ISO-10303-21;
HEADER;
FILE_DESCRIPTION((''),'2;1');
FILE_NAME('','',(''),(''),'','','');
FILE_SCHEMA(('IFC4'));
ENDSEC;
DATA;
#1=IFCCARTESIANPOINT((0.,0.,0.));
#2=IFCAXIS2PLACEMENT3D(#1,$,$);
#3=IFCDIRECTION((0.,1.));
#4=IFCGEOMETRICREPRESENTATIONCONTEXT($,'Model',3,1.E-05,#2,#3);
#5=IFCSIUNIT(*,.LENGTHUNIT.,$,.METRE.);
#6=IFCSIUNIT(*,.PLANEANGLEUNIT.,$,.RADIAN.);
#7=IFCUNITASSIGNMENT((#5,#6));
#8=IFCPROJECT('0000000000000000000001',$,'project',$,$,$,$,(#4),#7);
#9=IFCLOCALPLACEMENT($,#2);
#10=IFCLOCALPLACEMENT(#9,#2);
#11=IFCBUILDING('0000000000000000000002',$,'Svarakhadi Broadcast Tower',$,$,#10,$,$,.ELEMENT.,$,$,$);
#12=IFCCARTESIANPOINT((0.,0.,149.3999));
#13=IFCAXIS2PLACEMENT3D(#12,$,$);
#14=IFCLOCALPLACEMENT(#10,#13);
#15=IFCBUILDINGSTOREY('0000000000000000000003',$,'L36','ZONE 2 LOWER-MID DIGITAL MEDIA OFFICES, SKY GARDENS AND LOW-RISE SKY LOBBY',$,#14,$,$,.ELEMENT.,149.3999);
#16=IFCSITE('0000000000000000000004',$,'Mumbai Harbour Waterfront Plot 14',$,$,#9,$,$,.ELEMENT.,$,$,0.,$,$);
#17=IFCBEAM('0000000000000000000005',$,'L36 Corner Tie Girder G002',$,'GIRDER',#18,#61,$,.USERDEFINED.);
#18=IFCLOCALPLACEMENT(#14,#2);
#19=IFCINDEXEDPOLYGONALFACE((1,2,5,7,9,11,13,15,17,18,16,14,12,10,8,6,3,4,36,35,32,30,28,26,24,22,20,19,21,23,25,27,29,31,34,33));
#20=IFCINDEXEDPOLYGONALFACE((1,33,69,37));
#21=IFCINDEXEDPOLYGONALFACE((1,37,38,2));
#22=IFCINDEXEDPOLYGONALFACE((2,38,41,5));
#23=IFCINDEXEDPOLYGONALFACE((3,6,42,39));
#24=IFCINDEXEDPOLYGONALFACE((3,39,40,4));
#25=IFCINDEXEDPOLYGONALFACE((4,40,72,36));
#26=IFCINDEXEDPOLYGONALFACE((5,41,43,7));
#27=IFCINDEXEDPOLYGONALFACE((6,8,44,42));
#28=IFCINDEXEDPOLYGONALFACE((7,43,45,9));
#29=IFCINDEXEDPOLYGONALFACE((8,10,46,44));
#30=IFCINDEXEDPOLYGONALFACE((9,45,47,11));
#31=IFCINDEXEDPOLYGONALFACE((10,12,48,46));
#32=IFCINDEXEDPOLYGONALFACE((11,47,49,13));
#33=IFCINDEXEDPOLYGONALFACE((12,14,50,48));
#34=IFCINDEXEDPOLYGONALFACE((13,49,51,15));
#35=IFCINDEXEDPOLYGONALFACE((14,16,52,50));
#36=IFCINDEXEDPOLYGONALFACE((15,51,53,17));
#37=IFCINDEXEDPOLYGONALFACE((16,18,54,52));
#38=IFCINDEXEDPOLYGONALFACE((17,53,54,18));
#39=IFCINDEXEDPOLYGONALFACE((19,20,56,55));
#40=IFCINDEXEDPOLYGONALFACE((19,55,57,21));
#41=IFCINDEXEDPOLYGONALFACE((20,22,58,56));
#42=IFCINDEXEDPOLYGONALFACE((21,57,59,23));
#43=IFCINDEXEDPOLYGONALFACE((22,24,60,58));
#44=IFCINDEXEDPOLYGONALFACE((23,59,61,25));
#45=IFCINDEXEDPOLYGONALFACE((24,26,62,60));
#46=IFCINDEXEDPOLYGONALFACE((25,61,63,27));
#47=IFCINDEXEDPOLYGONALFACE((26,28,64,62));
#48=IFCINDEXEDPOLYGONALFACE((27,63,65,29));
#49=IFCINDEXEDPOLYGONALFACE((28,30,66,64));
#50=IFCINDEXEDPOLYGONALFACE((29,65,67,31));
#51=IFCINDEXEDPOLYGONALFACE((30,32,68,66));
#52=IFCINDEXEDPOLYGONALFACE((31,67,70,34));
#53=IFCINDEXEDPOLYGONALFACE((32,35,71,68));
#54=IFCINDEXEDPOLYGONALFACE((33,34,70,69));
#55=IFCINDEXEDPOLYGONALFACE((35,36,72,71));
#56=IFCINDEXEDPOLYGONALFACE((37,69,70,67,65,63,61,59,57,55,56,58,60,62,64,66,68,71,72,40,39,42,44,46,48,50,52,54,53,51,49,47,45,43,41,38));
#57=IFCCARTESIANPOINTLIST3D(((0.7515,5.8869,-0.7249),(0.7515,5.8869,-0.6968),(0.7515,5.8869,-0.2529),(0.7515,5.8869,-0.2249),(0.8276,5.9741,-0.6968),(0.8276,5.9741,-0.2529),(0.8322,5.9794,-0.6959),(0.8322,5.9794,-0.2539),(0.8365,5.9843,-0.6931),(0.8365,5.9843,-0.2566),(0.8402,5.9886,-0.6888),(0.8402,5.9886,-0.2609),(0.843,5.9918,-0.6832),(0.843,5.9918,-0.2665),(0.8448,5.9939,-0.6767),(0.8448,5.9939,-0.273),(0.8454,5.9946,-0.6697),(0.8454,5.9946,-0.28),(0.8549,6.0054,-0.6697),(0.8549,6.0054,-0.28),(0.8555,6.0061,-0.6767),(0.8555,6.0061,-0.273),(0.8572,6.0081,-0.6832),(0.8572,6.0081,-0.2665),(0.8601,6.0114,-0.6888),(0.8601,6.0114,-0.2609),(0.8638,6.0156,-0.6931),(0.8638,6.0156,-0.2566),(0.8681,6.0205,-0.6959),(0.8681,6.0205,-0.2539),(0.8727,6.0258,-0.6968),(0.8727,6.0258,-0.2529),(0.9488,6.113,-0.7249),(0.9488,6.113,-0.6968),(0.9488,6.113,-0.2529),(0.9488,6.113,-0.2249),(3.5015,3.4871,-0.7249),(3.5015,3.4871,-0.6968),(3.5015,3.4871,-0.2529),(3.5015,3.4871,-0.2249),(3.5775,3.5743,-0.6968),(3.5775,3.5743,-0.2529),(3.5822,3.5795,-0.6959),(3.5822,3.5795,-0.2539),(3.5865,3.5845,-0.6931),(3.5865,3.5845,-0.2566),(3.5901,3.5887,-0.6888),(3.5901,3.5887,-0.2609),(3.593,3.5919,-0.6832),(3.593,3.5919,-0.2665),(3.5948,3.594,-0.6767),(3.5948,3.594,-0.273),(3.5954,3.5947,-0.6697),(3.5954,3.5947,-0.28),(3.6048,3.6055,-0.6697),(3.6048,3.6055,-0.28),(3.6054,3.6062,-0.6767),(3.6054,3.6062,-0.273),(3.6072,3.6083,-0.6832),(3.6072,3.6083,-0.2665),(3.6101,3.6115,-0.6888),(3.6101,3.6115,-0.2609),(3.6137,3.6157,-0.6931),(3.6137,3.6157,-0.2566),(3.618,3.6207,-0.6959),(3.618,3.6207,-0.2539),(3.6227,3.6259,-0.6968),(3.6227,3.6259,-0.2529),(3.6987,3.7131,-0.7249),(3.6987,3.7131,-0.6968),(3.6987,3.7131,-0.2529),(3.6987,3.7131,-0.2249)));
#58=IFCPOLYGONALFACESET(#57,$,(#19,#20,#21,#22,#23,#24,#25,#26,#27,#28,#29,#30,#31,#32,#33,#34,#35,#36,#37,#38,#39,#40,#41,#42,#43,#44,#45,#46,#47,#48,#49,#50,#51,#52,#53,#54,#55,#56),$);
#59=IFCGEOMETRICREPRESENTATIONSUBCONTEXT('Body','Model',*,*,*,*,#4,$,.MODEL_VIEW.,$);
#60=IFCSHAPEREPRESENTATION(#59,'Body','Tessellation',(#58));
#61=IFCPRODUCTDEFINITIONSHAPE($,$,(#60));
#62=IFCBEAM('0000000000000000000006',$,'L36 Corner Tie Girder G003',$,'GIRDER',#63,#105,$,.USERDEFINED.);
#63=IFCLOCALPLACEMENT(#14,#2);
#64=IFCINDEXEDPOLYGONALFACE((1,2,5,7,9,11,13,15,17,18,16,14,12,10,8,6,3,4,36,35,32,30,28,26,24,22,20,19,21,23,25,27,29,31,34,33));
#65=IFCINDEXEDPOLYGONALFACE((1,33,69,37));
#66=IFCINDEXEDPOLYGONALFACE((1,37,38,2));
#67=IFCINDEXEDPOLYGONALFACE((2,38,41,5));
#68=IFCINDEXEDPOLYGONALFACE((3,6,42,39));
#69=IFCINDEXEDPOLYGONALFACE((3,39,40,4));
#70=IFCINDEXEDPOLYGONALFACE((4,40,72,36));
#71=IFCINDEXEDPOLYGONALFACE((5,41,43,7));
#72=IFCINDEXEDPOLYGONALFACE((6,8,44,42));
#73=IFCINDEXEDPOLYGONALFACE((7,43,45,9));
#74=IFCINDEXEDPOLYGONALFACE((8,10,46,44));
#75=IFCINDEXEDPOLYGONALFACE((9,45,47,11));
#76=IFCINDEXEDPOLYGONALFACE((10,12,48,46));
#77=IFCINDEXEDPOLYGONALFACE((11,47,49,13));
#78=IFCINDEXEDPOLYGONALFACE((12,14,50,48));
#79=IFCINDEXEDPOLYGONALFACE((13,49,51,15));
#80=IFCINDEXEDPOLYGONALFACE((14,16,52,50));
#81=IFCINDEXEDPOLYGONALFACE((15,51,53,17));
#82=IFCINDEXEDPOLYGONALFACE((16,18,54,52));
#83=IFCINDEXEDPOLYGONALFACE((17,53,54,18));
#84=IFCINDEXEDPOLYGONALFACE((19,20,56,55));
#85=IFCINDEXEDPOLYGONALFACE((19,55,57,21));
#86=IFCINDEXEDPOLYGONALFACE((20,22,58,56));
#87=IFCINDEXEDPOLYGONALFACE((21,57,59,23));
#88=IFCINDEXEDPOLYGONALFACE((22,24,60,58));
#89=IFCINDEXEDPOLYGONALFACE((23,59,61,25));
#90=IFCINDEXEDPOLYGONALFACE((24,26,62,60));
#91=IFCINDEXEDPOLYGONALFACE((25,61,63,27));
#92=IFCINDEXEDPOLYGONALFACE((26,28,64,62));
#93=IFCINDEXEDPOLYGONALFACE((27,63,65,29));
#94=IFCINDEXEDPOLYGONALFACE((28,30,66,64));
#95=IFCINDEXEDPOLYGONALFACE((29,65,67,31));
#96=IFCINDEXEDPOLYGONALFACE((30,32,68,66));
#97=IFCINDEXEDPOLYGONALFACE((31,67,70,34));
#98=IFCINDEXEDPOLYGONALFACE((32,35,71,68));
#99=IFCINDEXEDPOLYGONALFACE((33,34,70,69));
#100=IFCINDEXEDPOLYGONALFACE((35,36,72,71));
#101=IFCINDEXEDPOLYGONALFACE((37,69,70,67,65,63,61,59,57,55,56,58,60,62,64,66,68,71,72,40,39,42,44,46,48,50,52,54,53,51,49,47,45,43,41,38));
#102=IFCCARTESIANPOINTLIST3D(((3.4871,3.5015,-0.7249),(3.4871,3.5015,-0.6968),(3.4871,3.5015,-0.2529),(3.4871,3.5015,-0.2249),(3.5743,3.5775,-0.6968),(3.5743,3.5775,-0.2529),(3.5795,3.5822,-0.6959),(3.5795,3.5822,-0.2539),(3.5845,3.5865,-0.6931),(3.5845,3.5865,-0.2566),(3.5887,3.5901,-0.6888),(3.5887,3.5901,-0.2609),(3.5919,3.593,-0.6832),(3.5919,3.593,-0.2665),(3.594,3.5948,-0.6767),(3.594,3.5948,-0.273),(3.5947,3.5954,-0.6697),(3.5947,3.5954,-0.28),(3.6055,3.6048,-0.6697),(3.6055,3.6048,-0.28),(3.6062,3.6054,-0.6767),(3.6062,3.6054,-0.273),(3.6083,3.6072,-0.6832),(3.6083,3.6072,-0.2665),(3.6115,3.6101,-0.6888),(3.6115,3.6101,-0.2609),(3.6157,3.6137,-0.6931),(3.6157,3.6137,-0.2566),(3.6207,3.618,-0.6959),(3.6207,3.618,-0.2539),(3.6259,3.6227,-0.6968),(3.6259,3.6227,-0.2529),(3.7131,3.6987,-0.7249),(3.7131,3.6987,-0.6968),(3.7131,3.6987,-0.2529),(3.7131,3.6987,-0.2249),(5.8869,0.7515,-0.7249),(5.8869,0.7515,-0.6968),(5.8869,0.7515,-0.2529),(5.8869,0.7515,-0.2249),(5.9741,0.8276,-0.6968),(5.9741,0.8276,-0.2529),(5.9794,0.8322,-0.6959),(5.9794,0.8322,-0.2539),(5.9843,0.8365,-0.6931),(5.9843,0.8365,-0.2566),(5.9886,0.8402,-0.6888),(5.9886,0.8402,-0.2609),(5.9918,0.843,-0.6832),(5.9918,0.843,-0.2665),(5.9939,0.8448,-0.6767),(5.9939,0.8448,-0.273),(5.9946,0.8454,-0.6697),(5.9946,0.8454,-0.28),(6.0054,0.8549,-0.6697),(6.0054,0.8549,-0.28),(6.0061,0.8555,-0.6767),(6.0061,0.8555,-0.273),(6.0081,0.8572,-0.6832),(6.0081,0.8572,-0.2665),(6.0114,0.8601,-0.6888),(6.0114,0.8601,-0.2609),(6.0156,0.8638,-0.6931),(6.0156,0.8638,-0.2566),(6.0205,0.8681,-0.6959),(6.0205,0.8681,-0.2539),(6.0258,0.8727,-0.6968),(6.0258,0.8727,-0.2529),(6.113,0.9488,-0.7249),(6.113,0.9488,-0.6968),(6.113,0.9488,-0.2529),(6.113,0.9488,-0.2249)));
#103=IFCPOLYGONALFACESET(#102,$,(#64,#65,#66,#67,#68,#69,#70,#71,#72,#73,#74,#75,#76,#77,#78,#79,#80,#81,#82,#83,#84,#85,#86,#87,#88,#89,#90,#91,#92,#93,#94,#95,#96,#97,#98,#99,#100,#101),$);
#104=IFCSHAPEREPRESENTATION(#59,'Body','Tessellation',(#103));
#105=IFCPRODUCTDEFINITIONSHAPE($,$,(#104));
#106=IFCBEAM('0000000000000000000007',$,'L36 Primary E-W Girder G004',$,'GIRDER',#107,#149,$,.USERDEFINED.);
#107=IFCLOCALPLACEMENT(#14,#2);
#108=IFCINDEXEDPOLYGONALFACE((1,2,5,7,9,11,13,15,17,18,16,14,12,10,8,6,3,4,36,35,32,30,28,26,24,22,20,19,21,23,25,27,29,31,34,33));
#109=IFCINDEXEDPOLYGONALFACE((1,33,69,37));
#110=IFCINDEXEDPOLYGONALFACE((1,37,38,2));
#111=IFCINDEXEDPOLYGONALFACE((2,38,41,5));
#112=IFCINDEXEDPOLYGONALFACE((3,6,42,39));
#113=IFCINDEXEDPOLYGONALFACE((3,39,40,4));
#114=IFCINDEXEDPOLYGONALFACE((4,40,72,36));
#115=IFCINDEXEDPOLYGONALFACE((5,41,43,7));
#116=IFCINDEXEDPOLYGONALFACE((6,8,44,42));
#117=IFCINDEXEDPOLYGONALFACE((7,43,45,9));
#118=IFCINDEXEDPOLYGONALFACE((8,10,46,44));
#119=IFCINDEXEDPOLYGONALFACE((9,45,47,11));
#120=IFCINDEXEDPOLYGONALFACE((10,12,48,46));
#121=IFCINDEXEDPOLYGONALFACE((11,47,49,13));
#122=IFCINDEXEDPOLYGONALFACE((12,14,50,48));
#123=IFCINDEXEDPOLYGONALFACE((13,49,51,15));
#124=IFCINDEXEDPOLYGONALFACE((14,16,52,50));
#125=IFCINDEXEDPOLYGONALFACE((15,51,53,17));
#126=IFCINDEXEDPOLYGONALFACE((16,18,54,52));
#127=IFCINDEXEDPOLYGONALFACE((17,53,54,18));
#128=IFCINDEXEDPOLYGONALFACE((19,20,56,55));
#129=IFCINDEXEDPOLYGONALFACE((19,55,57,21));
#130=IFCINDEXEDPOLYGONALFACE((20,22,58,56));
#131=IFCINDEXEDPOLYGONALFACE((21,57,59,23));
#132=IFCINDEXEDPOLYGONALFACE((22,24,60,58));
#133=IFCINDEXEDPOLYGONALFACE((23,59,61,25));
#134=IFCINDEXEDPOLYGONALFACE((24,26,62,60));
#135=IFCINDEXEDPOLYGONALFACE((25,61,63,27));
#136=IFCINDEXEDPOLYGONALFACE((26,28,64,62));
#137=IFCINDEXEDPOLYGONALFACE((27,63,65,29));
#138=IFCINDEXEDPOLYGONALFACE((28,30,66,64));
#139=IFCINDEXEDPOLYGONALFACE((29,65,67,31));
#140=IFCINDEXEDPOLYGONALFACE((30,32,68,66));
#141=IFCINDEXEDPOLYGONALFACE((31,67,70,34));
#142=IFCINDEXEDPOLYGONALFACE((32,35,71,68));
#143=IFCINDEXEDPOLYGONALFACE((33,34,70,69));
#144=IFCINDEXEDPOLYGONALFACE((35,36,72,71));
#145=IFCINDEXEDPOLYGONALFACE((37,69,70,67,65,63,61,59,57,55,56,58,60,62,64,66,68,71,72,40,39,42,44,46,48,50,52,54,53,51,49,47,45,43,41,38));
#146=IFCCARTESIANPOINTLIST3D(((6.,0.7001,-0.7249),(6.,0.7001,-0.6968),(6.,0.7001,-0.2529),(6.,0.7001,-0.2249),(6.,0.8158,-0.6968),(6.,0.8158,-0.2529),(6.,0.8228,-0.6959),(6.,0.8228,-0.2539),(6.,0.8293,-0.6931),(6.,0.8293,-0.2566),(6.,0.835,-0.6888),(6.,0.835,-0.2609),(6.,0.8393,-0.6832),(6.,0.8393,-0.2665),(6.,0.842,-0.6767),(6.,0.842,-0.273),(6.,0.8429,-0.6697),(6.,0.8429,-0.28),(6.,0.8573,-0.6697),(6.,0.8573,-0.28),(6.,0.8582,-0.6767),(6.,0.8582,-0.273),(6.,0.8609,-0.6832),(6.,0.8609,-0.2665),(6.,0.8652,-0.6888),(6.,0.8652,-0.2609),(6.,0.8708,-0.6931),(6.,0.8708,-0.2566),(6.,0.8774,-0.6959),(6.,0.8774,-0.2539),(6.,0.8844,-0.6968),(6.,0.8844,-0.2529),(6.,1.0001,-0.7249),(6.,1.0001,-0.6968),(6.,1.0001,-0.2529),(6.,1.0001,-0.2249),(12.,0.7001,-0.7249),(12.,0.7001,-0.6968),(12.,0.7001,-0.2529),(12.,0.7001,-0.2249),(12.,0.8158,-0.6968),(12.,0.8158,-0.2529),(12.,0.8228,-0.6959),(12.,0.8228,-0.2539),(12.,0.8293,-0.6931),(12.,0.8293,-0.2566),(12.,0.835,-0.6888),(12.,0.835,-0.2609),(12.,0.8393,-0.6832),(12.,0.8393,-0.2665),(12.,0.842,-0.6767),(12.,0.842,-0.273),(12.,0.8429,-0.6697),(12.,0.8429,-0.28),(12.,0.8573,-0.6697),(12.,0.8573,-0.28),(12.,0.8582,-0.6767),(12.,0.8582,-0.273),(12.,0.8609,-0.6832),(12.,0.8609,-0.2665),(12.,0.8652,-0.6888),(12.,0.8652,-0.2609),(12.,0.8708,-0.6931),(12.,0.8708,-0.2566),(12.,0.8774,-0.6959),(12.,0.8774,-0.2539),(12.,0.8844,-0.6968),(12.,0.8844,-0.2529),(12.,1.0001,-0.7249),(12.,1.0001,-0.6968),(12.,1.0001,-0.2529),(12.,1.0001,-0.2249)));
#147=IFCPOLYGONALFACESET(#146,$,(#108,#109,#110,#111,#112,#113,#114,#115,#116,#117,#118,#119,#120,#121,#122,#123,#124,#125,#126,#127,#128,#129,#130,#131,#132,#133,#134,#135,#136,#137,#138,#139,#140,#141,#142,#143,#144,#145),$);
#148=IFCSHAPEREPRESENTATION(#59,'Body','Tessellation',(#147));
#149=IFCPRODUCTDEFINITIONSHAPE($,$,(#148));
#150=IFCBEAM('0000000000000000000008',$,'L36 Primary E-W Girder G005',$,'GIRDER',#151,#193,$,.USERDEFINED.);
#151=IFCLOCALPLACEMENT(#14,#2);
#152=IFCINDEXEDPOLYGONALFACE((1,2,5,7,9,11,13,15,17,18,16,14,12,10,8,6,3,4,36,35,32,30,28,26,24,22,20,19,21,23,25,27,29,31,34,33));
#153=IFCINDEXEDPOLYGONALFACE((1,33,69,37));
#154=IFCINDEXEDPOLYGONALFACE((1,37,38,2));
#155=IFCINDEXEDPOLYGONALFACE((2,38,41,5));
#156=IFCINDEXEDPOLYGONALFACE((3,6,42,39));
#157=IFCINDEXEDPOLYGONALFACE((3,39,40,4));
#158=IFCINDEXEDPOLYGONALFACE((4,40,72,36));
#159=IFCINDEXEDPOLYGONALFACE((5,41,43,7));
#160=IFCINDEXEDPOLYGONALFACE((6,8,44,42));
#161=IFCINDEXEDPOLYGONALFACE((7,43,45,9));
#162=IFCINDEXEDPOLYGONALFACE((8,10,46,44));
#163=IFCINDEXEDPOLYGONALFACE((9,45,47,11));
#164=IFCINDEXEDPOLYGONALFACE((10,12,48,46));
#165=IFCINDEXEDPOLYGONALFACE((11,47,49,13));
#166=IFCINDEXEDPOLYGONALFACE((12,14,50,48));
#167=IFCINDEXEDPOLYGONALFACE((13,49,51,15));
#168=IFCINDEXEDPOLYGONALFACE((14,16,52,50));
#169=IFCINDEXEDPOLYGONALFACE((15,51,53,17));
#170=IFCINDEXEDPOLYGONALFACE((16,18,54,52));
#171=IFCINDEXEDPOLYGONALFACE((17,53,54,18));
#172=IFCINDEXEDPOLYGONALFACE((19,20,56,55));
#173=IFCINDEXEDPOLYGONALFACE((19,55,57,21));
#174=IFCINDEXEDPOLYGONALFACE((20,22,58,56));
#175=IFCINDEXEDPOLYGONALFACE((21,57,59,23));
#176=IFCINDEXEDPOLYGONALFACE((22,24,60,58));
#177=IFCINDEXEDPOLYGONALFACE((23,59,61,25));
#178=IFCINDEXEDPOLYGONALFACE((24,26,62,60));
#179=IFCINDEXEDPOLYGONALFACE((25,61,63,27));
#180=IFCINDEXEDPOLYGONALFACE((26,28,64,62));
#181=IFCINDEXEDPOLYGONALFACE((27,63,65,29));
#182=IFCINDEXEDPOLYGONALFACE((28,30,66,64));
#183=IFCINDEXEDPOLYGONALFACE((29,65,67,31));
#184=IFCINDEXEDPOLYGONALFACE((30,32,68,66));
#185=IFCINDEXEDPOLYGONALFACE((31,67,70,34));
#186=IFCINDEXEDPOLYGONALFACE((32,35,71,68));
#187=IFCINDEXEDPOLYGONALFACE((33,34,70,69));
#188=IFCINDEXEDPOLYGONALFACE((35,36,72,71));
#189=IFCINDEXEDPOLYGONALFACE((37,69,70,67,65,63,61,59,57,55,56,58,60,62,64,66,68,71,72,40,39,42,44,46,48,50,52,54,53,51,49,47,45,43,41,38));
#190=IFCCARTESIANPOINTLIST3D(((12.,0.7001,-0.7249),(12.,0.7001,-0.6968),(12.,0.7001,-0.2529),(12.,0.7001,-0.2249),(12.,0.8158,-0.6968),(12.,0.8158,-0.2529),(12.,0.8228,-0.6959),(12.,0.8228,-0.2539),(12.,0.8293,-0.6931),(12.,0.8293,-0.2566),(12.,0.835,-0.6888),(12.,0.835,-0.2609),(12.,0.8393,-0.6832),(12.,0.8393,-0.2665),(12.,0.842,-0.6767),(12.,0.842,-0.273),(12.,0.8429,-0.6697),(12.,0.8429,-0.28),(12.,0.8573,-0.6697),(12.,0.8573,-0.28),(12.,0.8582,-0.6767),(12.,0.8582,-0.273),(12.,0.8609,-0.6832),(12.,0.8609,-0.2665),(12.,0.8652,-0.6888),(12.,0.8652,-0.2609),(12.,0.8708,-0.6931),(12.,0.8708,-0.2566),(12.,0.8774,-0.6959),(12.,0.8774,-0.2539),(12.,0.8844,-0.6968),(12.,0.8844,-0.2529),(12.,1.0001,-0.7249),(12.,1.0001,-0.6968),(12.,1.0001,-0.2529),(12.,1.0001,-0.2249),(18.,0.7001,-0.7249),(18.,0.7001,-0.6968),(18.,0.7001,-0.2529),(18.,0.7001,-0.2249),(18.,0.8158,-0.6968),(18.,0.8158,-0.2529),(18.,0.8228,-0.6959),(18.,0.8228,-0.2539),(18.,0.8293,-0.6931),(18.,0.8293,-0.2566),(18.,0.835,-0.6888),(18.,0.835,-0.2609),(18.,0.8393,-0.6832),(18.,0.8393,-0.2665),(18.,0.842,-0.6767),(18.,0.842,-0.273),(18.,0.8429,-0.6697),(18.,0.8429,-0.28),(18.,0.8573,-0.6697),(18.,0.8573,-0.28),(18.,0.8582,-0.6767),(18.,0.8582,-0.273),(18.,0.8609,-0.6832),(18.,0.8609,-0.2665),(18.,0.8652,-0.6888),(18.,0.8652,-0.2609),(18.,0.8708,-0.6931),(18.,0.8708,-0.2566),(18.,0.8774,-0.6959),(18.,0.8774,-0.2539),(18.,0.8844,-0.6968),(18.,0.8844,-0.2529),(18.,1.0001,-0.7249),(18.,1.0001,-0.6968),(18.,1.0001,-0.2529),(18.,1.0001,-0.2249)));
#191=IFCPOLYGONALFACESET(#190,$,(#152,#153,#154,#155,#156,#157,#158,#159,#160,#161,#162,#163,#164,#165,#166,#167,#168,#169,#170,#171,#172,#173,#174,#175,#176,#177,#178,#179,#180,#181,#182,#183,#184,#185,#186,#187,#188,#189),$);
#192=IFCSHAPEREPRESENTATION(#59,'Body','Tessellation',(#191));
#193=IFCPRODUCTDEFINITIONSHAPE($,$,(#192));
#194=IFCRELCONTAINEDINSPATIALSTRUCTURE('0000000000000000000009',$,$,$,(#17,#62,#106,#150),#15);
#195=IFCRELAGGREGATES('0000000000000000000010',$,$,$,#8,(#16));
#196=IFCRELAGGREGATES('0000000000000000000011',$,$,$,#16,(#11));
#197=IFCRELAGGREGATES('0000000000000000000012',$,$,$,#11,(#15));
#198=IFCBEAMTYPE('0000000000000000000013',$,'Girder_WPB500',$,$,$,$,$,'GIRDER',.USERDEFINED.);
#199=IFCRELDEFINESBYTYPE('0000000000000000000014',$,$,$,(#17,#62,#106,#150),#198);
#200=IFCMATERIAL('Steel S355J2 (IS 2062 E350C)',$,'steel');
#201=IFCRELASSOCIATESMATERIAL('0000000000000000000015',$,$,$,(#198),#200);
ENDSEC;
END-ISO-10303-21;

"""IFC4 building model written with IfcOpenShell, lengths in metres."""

from ifc_helpers import new_model, si_unit, direction, frame, origin, origin_2d, place, context, subcontext, project, spatial, i_section, extrude, material, material_profile, profile_set, type_object, element, save


model = new_model("IFC4")

# Units and contexts
model_context = context("Model", 3, precision=1e-05, world=origin(), true_north=direction((0.0, 1.0)))
body_context = subcontext(model_context, "Body", "Model", "MODEL_VIEW")
ifc_project = project(units=[si_unit("LENGTHUNIT", "METRE"), si_unit("PLANEANGLEUNIT", "RADIAN")], contexts=[model_context])

# Site, building, storey
site_placement = place(None, origin())
site = spatial("IfcSite", under=ifc_project, at=site_placement, Name="Mumbai Harbour Waterfront Plot 14", CompositionType="ELEMENT", RefElevation=0.0)
building_placement = place(site_placement, origin())
building = spatial("IfcBuilding", under=site, at=building_placement, Name="Svarakhadi Broadcast Tower", CompositionType="ELEMENT")
storey_placement = place(building_placement, frame((0.0, 0.0, 149.3999)))
storey = spatial("IfcBuildingStorey", under=building, at=storey_placement, Name="L36", Description="ZONE 2 LOWER-MID DIGITAL MEDIA OFFICES, SKY GARDENS AND LOW-RISE SKY LOBBY", CompositionType="ELEMENT", Elevation=149.3999)

# Shared definitions
ifc_material_1 = material(Name="Steel S355J2 (IS 2062 E350C)", Category="steel")

# Beams
ifc_material_profile_1 = material_profile(ifc_material_1, i_section(OverallWidth=0.3, OverallDepth=0.5, WebThickness=0.0144, FlangeThickness=0.0281, FilletRadius=0.0271, at=origin_2d()), Name="WPB 500x300x187")
ifc_profile_set_1 = profile_set([ifc_material_profile_1], Name="Steel S355J2 (IS 2062 E350C)")
beam_type_1 = type_object("IfcBeamType", Name="Girder_WPB500", ElementType="GIRDER", PredefinedType="USERDEFINED", material=ifc_profile_set_1)
for number, where, z_axis, x_axis, name in (
    (1, (3.6001, 3.6001, -0.4749), (-0.753438, 0.657519, 0.0), (-0.657519, -0.753438, 0.0), "L36 Corner Tie Girder G002"),
    (2, (3.6001, 3.6001, -0.4749), (0.657519, -0.753438, 0.0), (0.753438, 0.657519, 0.0), "L36 Corner Tie Girder G003"),
):
    element("IfcBeam", number, at=place(storey_placement, frame(where, z_axis=z_axis, x_axis=x_axis)), inside=storey, type_object=beam_type_1, Name=name, ObjectType="GIRDER", PredefinedType="USERDEFINED", context=body_context, shape_type="SweptSolid", body=[
        extrude(i_section(OverallWidth=0.3, OverallDepth=0.5, WebThickness=0.0144, FlangeThickness=0.0281, FilletRadius=0.0271, at=origin_2d()), origin(), (0.0, 0.0, 1.0), 3.6499),
    ])
for number, where, z_axis, x_axis, name in (
    (3, (6.0, 0.8501, -0.4749), (1.0, 0.0, 0.0), (0.0, 1.0, 0.0), "L36 Primary E-W Girder G004"),
    (4, (12.0, 0.8501, -0.4749), (1.0, 0.0, 0.0), (0.0, 1.0, 0.0), "L36 Primary E-W Girder G005"),
):
    element("IfcBeam", number, at=place(storey_placement, frame(where, z_axis=z_axis, x_axis=x_axis)), inside=storey, type_object=beam_type_1, Name=name, ObjectType="GIRDER", PredefinedType="USERDEFINED", context=body_context, shape_type="SweptSolid", body=[
        extrude(i_section(OverallWidth=0.3, OverallDepth=0.5, WebThickness=0.0144, FlangeThickness=0.0281, FilletRadius=0.0271, at=origin_2d()), origin(), (0.0, 0.0, 1.0), 6.0),
    ])

save(model, "model.ifc")
